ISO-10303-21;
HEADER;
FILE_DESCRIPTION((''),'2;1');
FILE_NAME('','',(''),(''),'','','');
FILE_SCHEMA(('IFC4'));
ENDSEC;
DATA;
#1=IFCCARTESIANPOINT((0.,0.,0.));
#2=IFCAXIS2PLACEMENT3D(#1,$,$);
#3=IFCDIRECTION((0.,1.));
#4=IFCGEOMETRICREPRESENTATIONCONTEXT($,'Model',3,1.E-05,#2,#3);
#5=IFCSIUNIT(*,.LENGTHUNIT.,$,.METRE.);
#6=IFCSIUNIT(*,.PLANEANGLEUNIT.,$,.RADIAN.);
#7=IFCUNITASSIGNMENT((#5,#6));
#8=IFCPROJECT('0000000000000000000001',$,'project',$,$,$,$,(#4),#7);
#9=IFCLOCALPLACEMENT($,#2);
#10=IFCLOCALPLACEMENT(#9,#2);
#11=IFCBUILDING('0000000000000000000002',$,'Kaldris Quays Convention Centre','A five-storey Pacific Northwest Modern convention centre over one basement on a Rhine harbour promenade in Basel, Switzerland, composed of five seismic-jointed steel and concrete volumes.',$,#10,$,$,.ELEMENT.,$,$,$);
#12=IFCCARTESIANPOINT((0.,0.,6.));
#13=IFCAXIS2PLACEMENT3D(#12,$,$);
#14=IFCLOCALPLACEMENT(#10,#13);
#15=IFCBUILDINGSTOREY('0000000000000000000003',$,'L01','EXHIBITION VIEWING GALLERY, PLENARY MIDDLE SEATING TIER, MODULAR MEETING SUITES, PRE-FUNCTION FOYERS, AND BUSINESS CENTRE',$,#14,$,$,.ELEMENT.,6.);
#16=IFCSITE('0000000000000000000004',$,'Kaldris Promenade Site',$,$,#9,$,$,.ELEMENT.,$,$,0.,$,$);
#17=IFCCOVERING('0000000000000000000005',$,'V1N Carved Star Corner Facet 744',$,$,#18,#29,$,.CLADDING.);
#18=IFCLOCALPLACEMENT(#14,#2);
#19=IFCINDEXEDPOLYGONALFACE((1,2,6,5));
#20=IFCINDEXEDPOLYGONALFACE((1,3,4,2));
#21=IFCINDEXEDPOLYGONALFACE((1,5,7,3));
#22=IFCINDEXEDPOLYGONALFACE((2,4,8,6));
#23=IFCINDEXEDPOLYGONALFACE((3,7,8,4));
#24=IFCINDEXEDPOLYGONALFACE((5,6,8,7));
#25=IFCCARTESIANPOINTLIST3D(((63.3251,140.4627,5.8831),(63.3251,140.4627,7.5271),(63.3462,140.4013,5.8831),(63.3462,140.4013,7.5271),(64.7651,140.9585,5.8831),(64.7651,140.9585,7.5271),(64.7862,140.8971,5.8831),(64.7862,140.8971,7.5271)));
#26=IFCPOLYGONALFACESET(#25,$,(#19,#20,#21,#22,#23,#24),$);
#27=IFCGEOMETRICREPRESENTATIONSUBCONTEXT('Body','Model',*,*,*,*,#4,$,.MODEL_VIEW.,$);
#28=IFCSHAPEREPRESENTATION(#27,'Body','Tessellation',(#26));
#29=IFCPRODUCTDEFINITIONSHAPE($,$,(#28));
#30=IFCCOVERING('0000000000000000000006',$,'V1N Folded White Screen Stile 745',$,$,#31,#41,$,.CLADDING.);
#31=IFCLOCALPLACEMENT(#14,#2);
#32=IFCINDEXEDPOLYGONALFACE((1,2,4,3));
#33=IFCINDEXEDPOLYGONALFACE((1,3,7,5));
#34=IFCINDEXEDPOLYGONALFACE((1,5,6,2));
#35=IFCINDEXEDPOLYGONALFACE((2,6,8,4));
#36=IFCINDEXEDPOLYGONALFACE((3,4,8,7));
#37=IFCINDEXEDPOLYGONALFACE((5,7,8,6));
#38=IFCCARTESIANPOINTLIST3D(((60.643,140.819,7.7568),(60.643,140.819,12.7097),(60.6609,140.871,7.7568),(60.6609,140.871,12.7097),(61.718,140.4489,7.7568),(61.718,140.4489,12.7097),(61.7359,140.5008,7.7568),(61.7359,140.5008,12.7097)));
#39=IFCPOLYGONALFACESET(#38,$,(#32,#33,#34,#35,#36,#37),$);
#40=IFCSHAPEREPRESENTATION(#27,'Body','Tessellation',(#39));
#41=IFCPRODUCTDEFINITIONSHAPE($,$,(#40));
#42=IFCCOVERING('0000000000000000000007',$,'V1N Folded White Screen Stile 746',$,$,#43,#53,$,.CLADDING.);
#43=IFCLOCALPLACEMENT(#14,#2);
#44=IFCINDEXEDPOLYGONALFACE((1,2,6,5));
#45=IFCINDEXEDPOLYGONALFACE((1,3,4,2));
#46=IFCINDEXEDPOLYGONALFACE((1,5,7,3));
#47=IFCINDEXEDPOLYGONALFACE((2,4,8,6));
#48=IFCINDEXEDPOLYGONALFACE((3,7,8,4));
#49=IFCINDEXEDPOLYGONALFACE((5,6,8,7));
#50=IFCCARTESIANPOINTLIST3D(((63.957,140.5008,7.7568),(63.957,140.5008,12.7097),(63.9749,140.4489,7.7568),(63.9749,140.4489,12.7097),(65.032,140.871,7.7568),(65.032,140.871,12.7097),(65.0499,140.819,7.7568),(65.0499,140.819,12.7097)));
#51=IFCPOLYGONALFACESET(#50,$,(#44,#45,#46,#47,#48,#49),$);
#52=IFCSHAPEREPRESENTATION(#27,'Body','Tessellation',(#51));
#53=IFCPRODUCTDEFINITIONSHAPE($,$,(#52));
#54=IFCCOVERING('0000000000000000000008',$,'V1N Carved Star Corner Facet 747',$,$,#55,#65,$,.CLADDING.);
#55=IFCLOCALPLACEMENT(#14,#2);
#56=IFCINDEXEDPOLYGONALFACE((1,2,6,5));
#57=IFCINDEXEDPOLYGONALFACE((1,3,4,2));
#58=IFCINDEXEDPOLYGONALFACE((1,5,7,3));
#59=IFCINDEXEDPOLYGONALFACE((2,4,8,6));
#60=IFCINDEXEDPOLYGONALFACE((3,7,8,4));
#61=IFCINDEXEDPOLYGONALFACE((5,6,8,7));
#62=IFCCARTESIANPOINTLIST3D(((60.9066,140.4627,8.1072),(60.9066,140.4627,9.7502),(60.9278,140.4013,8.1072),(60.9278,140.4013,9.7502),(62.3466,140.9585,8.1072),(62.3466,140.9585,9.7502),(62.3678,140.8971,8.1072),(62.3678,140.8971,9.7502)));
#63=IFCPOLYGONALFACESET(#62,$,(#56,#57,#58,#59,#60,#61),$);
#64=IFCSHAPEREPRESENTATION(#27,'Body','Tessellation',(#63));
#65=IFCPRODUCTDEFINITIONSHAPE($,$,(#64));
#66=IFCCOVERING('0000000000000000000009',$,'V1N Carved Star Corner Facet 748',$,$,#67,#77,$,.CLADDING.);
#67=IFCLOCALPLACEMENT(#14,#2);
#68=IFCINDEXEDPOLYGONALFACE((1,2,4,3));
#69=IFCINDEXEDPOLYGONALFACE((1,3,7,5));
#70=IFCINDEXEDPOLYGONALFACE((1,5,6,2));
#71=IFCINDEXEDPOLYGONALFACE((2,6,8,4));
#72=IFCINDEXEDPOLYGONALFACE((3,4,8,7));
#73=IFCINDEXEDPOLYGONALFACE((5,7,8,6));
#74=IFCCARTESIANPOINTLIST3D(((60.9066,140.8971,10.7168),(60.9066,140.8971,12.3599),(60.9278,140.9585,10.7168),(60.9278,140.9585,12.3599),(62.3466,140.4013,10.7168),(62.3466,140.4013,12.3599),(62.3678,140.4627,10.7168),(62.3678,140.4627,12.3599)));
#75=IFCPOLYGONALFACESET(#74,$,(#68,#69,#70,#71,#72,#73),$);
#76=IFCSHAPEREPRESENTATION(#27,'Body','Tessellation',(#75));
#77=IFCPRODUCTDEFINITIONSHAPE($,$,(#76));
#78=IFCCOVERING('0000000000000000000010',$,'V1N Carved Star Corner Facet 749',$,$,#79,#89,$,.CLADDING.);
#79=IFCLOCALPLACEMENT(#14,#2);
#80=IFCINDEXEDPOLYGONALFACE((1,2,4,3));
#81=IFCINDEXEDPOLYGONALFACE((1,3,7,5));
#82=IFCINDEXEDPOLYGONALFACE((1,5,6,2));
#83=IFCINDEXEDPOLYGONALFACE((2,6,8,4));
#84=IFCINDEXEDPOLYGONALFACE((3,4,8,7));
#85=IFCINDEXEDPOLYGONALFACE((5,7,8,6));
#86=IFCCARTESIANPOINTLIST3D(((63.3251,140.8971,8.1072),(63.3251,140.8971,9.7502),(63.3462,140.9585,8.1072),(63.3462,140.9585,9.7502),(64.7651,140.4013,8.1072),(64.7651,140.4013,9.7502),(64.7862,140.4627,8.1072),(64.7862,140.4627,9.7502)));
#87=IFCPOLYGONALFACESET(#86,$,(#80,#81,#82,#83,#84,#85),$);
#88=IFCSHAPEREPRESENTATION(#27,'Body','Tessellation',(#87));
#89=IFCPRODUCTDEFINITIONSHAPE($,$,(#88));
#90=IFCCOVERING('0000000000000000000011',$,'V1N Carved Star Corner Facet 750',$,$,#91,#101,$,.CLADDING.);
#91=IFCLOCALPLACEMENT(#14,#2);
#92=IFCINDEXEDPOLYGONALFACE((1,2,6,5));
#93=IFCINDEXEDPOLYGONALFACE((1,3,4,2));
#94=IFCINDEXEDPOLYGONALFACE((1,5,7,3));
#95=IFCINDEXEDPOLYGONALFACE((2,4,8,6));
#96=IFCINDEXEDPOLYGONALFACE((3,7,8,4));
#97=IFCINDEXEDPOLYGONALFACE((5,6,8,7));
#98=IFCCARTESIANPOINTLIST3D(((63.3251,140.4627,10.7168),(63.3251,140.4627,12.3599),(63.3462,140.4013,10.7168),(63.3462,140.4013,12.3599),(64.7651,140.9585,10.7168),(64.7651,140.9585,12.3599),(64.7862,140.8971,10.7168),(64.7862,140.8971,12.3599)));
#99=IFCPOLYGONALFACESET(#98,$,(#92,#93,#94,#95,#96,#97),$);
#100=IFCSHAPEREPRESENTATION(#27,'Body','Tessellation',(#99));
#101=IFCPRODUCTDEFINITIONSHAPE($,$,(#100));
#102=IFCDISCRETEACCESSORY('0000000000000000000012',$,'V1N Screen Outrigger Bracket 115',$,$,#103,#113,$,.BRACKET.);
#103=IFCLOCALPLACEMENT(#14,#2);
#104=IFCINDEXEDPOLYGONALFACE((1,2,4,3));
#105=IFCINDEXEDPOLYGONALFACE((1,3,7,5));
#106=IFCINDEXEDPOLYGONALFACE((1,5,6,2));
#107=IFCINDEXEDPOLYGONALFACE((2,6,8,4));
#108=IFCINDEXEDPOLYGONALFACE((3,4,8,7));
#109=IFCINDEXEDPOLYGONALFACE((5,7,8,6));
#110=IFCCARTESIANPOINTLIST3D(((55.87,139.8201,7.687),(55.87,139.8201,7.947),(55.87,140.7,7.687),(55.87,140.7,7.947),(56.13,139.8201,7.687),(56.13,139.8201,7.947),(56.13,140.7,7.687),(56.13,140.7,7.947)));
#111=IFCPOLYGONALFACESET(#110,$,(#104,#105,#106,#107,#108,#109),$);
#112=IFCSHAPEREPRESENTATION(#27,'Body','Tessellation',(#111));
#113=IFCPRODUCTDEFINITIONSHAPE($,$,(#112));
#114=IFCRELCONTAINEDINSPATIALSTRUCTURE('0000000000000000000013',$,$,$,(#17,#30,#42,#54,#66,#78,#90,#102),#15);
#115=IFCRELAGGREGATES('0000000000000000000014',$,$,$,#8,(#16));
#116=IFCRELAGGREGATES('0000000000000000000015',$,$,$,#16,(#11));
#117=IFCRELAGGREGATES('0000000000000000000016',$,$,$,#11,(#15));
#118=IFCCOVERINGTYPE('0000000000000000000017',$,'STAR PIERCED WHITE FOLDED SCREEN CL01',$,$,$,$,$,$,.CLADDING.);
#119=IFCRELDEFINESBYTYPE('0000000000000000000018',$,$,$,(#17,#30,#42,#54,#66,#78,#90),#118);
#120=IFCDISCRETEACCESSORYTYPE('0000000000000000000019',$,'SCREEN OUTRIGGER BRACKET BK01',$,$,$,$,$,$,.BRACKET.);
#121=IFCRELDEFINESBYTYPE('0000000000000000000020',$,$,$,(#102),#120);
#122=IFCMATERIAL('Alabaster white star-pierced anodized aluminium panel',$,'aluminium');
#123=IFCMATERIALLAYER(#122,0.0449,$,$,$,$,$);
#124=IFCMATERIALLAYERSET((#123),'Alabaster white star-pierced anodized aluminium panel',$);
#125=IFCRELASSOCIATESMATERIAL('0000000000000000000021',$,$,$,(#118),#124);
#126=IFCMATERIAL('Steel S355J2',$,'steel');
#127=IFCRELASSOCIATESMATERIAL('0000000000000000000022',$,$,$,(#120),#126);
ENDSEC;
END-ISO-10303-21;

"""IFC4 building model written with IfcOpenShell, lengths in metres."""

from ifc_helpers import new_model, si_unit, direction, frame, origin, origin_2d, place, context, subcontext, project, spatial, rectangle, extrude, material, layer, layer_set, type_object, element, save


model = new_model("IFC4")

# Units and contexts
model_context = context("Model", 3, precision=1e-05, world=origin(), true_north=direction((0.0, 1.0)))
body_context = subcontext(model_context, "Body", "Model", "MODEL_VIEW")
ifc_project = project(units=[si_unit("LENGTHUNIT", "METRE"), si_unit("PLANEANGLEUNIT", "RADIAN")], contexts=[model_context])

# Site, building, storey
site_placement = place(None, origin())
site = spatial("IfcSite", under=ifc_project, at=site_placement, Name="Kaldris Promenade Site", CompositionType="ELEMENT", RefElevation=0.0)
building_placement = place(site_placement, origin())
building = spatial("IfcBuilding", under=site, at=building_placement, Name="Kaldris Quays Convention Centre", Description="A five-storey Pacific Northwest Modern convention centre over one basement on a Rhine harbour promenade in Basel, Switzerland, composed of five seismic-jointed steel and concrete volumes.", CompositionType="ELEMENT")
storey_placement = place(building_placement, frame((0.0, 0.0, 6.0)))
storey = spatial("IfcBuildingStorey", under=building, at=storey_placement, Name="L01", Description="EXHIBITION VIEWING GALLERY, PLENARY MIDDLE SEATING TIER, MODULAR MEETING SUITES, PRE-FUNCTION FOYERS, AND BUSINESS CENTRE", CompositionType="ELEMENT", Elevation=6.0)

# Coverings
ifc_material_1 = material(Name="Alabaster white star-pierced anodized aluminium panel", Category="aluminium")
ifc_layer = layer(ifc_material_1, 0.0449)
ifc_layer_set = layer_set([ifc_layer], Name="Alabaster white star-pierced anodized aluminium panel")
covering_type = type_object("IfcCoveringType", Name="STAR PIERCED WHITE FOLDED SCREEN CL01", PredefinedType="CLADDING", material=ifc_layer_set)
for number, where, z_axis, x_axis, name in (
    (1, (64.0557, 140.6799, 5.8831), (0.0, 0.0, 1.0), (0.945519, 0.325568, 0.0), "V1N Carved Star Corner Facet 744"),
):
    element("IfcCovering", number, at=place(storey_placement, frame(where, z_axis=z_axis, x_axis=x_axis)), inside=storey, type_object=covering_type, Name=name, PredefinedType="CLADDING", context=body_context, shape_type="SweptSolid", body=[
        extrude(rectangle(XDim=1.5229, YDim=0.0649, at=origin_2d()), origin(), (0.0, 0.0, 1.0), 1.644),
    ])
for number, where, z_axis, x_axis, name in (
    (2, (61.1895, 140.6599, 7.7568), (0.0, 0.0, 1.0), (0.945519, -0.325568, 0.0), "V1N Folded White Screen Stile 745"),
    (3, (64.5034, 140.6599, 7.7568), (0.0, 0.0, 1.0), (0.945519, 0.325568, 0.0), "V1N Folded White Screen Stile 746"),
):
    element("IfcCovering", number, at=place(storey_placement, frame(where, z_axis=z_axis, x_axis=x_axis)), inside=storey, type_object=covering_type, Name=name, PredefinedType="CLADDING", context=body_context, shape_type="SweptSolid", body=[
        extrude(rectangle(XDim=1.137, YDim=0.0549, at=origin_2d()), origin(), (0.0, 0.0, 1.0), 4.9529),
    ])
for number, where, z_axis, x_axis, name in (
    (4, (61.6372, 140.6799, 8.1072), (0.0, 0.0, 1.0), (0.945519, 0.325568, 0.0), "V1N Carved Star Corner Facet 747"),
    (5, (61.6372, 140.6799, 10.7168), (0.0, 0.0, 1.0), (0.945519, -0.325568, 0.0), "V1N Carved Star Corner Facet 748"),
    (6, (64.0557, 140.6799, 8.1072), (0.0, 0.0, 1.0), (0.945519, -0.325568, 0.0), "V1N Carved Star Corner Facet 749"),
    (7, (64.0557, 140.6799, 10.7168), (0.0, 0.0, 1.0), (0.945519, 0.325568, 0.0), "V1N Carved Star Corner Facet 750"),
):
    element("IfcCovering", number, at=place(storey_placement, frame(where, z_axis=z_axis, x_axis=x_axis)), inside=storey, type_object=covering_type, Name=name, PredefinedType="CLADDING", context=body_context, shape_type="SweptSolid", body=[
        extrude(rectangle(XDim=1.5229, YDim=0.0649, at=origin_2d()), origin(), (0.0, 0.0, 1.0), 1.6431),
    ])

# Discrete accessory
ifc_material_2 = material(Name="Steel S355J2", Category="steel")
discrete_accessory_type = type_object("IfcDiscreteAccessoryType", Name="SCREEN OUTRIGGER BRACKET BK01", PredefinedType="BRACKET", material=ifc_material_2)
discrete_accessory_placement = place(storey_placement, frame((56.0, 140.26, 7.687), z_axis=(0.0, 0.0, 1.0), x_axis=(1.0, 0.0, 0.0)))
element("IfcDiscreteAccessory", 8, at=discrete_accessory_placement, inside=storey, type_object=discrete_accessory_type, Name="V1N Screen Outrigger Bracket 115", PredefinedType="BRACKET", context=body_context, shape_type="SweptSolid", body=[
    extrude(rectangle(XDim=0.26, YDim=0.8799, at=origin_2d()), origin(), (0.0, 0.0, 1.0), 0.26),
])

save(model, "model.ifc")
